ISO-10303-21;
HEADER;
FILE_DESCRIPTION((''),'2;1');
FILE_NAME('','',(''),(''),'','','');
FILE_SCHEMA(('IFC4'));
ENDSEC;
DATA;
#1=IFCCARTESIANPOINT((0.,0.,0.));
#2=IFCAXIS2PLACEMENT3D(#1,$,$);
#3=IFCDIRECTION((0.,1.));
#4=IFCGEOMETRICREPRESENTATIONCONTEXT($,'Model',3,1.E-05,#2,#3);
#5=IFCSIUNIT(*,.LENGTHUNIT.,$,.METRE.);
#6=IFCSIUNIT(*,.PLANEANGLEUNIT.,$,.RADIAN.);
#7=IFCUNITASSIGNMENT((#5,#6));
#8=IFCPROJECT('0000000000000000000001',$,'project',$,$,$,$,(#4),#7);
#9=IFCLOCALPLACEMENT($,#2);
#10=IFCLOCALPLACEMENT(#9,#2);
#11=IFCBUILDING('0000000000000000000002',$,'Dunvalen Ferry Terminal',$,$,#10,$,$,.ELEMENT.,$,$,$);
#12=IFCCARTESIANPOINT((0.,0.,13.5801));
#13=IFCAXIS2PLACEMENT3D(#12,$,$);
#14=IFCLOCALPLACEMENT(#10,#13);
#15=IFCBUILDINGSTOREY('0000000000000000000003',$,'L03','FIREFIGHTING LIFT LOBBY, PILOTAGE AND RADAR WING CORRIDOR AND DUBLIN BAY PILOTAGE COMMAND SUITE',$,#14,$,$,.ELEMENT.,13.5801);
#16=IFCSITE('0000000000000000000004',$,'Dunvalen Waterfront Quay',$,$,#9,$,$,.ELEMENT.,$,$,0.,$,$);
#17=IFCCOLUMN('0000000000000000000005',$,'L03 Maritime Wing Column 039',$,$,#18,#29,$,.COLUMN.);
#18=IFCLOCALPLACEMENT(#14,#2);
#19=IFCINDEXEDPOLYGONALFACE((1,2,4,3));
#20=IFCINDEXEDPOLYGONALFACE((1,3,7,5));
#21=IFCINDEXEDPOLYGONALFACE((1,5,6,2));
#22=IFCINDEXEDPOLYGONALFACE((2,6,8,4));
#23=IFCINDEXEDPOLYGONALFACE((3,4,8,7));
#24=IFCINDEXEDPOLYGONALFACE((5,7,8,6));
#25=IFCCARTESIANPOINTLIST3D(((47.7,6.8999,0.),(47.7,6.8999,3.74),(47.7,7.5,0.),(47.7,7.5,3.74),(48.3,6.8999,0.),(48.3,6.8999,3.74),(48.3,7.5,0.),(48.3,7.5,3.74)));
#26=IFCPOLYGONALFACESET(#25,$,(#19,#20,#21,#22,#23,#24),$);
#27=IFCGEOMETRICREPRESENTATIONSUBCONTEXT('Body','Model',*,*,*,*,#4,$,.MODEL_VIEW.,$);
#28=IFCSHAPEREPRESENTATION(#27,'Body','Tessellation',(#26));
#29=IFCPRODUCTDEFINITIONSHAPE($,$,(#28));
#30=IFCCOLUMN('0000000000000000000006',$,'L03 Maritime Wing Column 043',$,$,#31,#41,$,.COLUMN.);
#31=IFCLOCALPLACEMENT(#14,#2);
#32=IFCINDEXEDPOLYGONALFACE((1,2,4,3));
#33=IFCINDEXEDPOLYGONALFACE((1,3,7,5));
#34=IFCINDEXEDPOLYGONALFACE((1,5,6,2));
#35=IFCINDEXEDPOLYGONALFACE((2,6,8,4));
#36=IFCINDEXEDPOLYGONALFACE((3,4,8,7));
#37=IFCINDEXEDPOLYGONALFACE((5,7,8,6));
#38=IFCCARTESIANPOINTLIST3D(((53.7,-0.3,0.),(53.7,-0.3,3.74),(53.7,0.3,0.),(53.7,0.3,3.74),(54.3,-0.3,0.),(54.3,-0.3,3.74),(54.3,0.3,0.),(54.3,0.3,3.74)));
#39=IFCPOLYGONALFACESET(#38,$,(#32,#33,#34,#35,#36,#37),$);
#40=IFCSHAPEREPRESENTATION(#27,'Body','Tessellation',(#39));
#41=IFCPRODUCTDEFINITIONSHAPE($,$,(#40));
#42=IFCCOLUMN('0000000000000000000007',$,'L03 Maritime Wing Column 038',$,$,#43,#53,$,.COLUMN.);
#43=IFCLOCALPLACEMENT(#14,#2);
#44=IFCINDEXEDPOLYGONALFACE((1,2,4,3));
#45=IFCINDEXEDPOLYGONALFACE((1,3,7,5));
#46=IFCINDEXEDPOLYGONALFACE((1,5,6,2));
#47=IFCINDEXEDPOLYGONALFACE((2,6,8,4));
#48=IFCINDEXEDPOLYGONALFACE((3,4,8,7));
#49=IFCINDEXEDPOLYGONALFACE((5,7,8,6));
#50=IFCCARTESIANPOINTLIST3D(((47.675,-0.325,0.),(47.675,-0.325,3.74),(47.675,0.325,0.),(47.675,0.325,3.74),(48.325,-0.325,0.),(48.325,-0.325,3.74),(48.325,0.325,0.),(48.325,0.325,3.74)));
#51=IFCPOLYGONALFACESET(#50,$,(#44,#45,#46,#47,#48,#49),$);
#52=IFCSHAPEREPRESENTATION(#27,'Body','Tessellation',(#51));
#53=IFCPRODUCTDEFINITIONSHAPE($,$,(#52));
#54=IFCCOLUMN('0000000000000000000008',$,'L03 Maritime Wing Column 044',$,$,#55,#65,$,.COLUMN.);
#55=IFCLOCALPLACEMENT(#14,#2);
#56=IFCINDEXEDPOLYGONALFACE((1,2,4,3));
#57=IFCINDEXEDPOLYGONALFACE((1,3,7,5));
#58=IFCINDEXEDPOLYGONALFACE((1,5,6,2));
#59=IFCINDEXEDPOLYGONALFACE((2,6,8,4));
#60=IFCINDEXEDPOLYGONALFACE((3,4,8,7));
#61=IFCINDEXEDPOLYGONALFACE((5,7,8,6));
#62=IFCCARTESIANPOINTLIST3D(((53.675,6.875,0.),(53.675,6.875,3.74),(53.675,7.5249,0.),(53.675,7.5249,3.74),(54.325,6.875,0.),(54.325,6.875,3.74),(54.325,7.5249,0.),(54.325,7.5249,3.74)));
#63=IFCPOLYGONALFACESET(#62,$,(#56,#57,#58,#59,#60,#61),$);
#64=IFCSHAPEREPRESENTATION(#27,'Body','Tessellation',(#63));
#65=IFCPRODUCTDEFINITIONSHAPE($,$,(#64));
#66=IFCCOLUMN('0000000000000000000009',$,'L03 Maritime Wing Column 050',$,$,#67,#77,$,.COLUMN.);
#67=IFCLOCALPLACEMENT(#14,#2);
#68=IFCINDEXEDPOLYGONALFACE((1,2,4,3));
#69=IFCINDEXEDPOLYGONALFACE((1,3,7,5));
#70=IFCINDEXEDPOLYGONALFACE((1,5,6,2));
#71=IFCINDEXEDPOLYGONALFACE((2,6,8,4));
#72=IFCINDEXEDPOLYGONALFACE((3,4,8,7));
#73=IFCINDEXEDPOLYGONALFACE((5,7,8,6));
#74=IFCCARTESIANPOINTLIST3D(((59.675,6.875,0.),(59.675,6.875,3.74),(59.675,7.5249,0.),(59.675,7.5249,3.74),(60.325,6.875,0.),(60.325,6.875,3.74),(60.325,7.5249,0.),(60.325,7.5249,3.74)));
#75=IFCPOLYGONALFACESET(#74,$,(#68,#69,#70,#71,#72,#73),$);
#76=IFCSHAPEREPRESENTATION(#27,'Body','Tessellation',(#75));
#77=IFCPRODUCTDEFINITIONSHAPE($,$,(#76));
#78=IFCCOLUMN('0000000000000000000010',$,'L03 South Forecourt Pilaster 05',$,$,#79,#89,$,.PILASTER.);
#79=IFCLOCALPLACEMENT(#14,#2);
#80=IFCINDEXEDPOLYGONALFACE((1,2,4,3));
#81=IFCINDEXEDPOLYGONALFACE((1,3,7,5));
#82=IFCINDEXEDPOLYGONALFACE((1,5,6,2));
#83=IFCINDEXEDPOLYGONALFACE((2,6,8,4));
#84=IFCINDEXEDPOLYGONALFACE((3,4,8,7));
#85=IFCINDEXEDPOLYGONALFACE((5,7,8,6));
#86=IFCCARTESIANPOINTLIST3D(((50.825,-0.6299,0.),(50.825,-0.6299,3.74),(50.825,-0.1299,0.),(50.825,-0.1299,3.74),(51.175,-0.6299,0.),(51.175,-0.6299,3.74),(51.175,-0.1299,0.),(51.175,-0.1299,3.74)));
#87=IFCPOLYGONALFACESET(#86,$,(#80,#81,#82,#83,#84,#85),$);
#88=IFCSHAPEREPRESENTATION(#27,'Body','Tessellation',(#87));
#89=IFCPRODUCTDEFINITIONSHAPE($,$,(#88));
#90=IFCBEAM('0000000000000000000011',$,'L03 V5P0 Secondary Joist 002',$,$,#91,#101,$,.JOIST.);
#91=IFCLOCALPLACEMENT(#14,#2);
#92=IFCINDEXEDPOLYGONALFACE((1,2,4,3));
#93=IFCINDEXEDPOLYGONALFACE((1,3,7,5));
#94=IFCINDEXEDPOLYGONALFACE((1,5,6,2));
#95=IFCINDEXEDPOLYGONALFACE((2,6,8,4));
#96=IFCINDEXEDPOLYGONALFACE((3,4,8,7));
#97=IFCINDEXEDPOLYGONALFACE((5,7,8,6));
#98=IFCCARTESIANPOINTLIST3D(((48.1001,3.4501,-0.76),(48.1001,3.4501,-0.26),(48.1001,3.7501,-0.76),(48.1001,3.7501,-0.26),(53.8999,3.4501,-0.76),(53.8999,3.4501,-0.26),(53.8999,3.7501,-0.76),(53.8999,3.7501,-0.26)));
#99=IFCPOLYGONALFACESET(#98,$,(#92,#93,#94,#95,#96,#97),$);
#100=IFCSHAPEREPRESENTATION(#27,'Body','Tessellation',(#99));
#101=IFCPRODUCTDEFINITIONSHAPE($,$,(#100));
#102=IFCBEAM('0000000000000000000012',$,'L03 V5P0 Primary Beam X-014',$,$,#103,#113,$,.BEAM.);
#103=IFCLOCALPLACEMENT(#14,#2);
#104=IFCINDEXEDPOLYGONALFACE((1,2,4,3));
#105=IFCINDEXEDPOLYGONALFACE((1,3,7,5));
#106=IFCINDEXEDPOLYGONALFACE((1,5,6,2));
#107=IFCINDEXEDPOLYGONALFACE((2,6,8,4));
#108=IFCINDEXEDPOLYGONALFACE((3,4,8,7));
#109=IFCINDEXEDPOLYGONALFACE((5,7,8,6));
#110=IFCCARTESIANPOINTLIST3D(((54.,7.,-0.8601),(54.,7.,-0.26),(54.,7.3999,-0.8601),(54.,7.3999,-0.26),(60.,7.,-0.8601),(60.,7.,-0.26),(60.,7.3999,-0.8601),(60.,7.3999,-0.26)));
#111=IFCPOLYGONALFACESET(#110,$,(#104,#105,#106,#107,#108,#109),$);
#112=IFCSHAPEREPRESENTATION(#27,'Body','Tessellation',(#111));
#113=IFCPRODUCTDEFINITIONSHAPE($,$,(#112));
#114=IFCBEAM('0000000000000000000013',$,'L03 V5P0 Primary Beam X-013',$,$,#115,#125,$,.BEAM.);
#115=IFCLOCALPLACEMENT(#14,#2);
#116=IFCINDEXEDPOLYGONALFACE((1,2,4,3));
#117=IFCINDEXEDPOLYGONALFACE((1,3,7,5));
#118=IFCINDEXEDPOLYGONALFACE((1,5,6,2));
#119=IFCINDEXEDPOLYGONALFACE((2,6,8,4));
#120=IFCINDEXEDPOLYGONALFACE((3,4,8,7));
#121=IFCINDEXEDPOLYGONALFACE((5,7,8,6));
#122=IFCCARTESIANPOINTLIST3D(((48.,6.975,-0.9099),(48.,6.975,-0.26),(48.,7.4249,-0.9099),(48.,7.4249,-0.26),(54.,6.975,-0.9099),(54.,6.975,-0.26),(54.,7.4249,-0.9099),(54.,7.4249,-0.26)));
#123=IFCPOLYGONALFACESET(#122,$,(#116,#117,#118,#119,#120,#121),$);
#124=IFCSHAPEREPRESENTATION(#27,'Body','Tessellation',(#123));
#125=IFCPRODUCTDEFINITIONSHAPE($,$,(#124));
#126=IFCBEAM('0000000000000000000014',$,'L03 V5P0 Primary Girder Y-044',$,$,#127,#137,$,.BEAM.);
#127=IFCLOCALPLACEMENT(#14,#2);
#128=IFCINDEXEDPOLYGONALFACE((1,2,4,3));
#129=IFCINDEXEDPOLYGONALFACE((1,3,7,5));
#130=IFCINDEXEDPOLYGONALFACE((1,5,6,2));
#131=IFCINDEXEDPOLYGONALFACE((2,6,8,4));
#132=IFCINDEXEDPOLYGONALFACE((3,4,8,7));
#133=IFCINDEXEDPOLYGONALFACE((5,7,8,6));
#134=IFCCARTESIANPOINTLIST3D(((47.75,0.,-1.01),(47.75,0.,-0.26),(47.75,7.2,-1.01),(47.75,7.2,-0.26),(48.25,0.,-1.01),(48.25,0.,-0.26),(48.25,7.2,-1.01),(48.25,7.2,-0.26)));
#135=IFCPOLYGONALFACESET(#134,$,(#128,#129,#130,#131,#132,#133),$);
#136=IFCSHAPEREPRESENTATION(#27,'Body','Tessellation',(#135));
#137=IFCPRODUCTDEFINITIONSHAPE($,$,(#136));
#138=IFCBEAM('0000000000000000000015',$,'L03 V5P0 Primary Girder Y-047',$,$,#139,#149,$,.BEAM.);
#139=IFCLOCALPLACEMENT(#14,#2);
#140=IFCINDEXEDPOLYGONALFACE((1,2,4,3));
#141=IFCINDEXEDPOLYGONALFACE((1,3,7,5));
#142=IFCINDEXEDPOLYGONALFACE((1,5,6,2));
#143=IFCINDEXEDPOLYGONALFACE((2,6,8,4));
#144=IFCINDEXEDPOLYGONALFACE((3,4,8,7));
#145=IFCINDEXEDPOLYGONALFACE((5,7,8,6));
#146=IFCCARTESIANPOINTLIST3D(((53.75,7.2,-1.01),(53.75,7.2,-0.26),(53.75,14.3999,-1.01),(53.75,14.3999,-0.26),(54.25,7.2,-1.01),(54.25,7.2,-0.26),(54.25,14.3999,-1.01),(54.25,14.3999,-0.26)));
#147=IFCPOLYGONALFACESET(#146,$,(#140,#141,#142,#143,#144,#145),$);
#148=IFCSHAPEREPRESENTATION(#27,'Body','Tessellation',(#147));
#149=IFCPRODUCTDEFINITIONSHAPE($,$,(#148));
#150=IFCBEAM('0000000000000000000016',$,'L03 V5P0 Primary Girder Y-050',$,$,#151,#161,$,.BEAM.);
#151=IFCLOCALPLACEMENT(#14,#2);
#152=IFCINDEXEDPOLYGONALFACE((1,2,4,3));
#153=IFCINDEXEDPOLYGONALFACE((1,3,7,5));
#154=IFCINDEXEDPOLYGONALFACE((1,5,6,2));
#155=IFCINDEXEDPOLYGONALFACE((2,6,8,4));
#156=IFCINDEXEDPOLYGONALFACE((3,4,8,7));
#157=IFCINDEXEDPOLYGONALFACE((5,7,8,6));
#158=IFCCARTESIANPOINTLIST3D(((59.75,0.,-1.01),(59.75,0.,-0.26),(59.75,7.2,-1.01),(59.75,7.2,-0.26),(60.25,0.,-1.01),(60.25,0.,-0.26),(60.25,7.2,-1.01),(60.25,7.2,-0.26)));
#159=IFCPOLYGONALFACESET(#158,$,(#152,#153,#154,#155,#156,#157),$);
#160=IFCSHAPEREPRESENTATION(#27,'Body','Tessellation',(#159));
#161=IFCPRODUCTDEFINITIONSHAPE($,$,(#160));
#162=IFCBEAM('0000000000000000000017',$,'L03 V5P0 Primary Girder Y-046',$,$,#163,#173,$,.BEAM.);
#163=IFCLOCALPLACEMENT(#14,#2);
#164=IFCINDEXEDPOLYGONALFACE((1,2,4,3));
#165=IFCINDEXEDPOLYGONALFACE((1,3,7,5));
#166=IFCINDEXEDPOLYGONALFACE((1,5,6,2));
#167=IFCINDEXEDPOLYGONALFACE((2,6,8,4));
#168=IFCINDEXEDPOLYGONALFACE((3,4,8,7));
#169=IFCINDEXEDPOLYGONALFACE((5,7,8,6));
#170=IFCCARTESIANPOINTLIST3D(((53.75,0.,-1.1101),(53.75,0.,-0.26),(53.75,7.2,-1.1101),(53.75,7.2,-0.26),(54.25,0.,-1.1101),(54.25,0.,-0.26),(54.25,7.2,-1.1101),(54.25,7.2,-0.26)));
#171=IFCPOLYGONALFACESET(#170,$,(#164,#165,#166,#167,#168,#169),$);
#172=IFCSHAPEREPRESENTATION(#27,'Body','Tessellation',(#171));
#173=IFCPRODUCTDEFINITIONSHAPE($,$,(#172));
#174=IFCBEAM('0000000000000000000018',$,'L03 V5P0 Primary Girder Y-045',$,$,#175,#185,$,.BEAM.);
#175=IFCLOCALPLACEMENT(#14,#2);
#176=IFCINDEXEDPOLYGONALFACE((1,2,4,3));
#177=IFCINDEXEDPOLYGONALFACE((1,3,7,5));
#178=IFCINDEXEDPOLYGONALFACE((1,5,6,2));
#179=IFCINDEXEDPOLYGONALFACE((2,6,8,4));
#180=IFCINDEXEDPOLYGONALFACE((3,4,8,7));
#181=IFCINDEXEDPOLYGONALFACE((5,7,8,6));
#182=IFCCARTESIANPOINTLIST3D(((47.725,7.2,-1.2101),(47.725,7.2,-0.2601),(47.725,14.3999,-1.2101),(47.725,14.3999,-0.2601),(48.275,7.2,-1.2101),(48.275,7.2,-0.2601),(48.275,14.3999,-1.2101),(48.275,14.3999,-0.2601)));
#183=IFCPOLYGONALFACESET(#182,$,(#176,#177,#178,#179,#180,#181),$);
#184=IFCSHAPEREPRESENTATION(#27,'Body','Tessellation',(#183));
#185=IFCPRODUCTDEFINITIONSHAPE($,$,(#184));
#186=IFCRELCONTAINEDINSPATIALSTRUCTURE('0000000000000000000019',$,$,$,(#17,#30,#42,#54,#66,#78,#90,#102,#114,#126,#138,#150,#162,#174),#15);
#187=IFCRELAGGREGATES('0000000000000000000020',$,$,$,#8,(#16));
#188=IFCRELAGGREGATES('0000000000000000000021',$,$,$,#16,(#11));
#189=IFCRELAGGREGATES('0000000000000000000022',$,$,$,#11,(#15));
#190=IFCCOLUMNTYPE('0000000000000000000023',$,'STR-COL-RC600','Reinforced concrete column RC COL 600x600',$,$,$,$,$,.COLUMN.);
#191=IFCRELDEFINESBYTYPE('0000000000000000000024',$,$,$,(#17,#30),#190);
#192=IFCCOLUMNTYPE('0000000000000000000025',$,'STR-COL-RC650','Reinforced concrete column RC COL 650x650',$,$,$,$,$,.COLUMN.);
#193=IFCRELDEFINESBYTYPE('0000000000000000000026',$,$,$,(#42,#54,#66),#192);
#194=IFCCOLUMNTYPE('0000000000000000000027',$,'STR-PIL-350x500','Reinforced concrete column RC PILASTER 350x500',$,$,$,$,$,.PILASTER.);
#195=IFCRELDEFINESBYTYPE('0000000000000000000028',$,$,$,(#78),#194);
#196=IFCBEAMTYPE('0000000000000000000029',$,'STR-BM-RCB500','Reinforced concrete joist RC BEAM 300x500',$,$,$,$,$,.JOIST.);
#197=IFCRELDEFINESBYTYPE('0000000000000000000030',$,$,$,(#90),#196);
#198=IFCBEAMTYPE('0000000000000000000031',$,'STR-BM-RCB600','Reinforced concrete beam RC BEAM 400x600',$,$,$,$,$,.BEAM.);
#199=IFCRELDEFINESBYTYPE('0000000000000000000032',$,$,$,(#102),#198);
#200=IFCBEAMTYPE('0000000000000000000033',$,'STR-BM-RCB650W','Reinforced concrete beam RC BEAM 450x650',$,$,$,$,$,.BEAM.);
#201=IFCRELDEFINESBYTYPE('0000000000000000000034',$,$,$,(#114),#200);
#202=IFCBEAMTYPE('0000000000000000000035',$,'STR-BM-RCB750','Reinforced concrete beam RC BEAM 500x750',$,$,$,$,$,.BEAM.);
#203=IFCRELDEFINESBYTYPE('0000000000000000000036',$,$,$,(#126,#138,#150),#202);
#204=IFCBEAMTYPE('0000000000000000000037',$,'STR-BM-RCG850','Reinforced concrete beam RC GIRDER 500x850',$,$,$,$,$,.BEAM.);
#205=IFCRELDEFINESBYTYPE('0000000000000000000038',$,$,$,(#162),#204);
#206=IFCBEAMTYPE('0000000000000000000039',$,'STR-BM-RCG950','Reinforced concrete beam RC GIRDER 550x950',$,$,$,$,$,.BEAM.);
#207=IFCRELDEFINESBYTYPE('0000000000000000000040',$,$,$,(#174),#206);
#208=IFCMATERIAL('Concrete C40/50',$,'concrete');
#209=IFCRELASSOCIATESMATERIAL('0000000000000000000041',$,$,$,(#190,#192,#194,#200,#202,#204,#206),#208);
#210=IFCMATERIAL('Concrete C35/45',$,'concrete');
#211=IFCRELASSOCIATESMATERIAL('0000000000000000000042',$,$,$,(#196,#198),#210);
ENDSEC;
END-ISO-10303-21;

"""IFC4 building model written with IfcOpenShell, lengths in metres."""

from ifc_helpers import new_model, si_unit, direction, frame, origin, origin_2d, place, context, subcontext, project, spatial, rectangle, extrude, material, material_profile, profile_set, type_object, element, save


model = new_model("IFC4")

# Units and contexts
model_context = context("Model", 3, precision=1e-05, world=origin(), true_north=direction((0.0, 1.0)))
body_context = subcontext(model_context, "Body", "Model", "MODEL_VIEW")
ifc_project = project(units=[si_unit("LENGTHUNIT", "METRE"), si_unit("PLANEANGLEUNIT", "RADIAN")], contexts=[model_context])

# Site, building, storey
site_placement = place(None, origin())
site = spatial("IfcSite", under=ifc_project, at=site_placement, Name="Dunvalen Waterfront Quay", CompositionType="ELEMENT", RefElevation=0.0)
building_placement = place(site_placement, origin())
building = spatial("IfcBuilding", under=site, at=building_placement, Name="Dunvalen Ferry Terminal", CompositionType="ELEMENT")
storey_placement = place(building_placement, frame((0.0, 0.0, 13.5801)))
storey = spatial("IfcBuildingStorey", under=building, at=storey_placement, Name="L03", Description="FIREFIGHTING LIFT LOBBY, PILOTAGE AND RADAR WING CORRIDOR AND DUBLIN BAY PILOTAGE COMMAND SUITE", CompositionType="ELEMENT", Elevation=13.5801)

# Columns
ifc_material_1 = material(Name="Concrete C40/50", Category="concrete")
ifc_material_profile_1 = material_profile(ifc_material_1, rectangle(XDim=0.6001, YDim=0.6001, at=origin_2d()), Name="Concrete C40/50")
ifc_profile_set_1 = profile_set([ifc_material_profile_1], Name="Concrete C40/50")
column_type_1 = type_object("IfcColumnType", Name="STR-COL-RC600", Description="Reinforced concrete column RC COL 600x600", PredefinedType="COLUMN", material=ifc_profile_set_1)
for number, where, z_axis, x_axis, name in (
    (1, (48.0, 7.2, 0.0), (0.0, 0.0, 1.0), (1.0, 0.0, 0.0), "L03 Maritime Wing Column 039"),
    (2, (54.0, 0.0, 0.0), (0.0, 0.0, 1.0), (1.0, 0.0, 0.0), "L03 Maritime Wing Column 043"),
):
    element("IfcColumn", number, at=place(storey_placement, frame(where, z_axis=z_axis, x_axis=x_axis)), inside=storey, type_object=column_type_1, Name=name, PredefinedType="COLUMN", context=body_context, shape_type="SweptSolid", body=[
        extrude(rectangle(XDim=0.6001, YDim=0.6001, at=origin_2d()), origin(), (0.0, 0.0, 1.0), 3.74),
    ])
ifc_material_profile_2 = material_profile(ifc_material_1, rectangle(XDim=0.6499, YDim=0.6499, at=origin_2d()), Name="Concrete C40/50")
ifc_profile_set_2 = profile_set([ifc_material_profile_2], Name="Concrete C40/50")
column_type_2 = type_object("IfcColumnType", Name="STR-COL-RC650", Description="Reinforced concrete column RC COL 650x650", PredefinedType="COLUMN", material=ifc_profile_set_2)
for number, where, z_axis, x_axis, name in (
    (3, (48.0, 0.0, 0.0), (0.0, 0.0, 1.0), (1.0, 0.0, 0.0), "L03 Maritime Wing Column 038"),
    (4, (54.0, 7.2, 0.0), (0.0, 0.0, 1.0), (1.0, 0.0, 0.0), "L03 Maritime Wing Column 044"),
    (5, (60.0, 7.2, 0.0), (0.0, 0.0, 1.0), (1.0, 0.0, 0.0), "L03 Maritime Wing Column 050"),
):
    element("IfcColumn", number, at=place(storey_placement, frame(where, z_axis=z_axis, x_axis=x_axis)), inside=storey, type_object=column_type_2, Name=name, PredefinedType="COLUMN", context=body_context, shape_type="SweptSolid", body=[
        extrude(rectangle(XDim=0.6499, YDim=0.6499, at=origin_2d()), origin(), (0.0, 0.0, 1.0), 3.74),
    ])
ifc_material_profile_3 = material_profile(ifc_material_1, rectangle(XDim=0.3501, YDim=0.5, at=origin_2d()), Name="Concrete C40/50")
ifc_profile_set_3 = profile_set([ifc_material_profile_3], Name="Concrete C40/50")
column_type_3 = type_object("IfcColumnType", Name="STR-PIL-350x500", Description="Reinforced concrete column RC PILASTER 350x500", PredefinedType="PILASTER", material=ifc_profile_set_3)
column_placement = place(storey_placement, frame((51.0, -0.3799, 0.0), z_axis=(0.0, 0.0, 1.0), x_axis=(1.0, 0.0, 0.0)))
element("IfcColumn", 6, at=column_placement, inside=storey, type_object=column_type_3, Name="L03 South Forecourt Pilaster 05", PredefinedType="PILASTER", context=body_context, shape_type="SweptSolid", body=[
    extrude(rectangle(XDim=0.3501, YDim=0.5, at=origin_2d()), origin(), (0.0, 0.0, 1.0), 3.74),
])

# Beams
ifc_material_2 = material(Name="Concrete C35/45", Category="concrete")
ifc_material_profile_4 = material_profile(ifc_material_2, rectangle(XDim=0.3, YDim=0.5, at=origin_2d()), Name="Concrete C35/45")
ifc_profile_set_4 = profile_set([ifc_material_profile_4], Name="Concrete C35/45")
beam_type_1 = type_object("IfcBeamType", Name="STR-BM-RCB500", Description="Reinforced concrete joist RC BEAM 300x500", PredefinedType="JOIST", material=ifc_profile_set_4)
beam_1_placement = place(storey_placement, frame((48.1001, 3.6001, -0.51), z_axis=(1.0, 0.0, 0.0), x_axis=(0.0, 1.0, 0.0)))
element("IfcBeam", 7, at=beam_1_placement, inside=storey, type_object=beam_type_1, Name="L03 V5P0 Secondary Joist 002", PredefinedType="JOIST", context=body_context, shape_type="SweptSolid", body=[
    extrude(rectangle(XDim=0.3, YDim=0.5, at=origin_2d()), origin(), (0.0, 0.0, 1.0), 5.7998),
])
ifc_material_profile_5 = material_profile(ifc_material_2, rectangle(XDim=0.3999, YDim=0.6001, at=origin_2d()), Name="Concrete C35/45")
ifc_profile_set_5 = profile_set([ifc_material_profile_5], Name="Concrete C35/45")
beam_type_2 = type_object("IfcBeamType", Name="STR-BM-RCB600", Description="Reinforced concrete beam RC BEAM 400x600", PredefinedType="BEAM", material=ifc_profile_set_5)
beam_2_placement = place(storey_placement, frame((54.0, 7.2, -0.5601), z_axis=(1.0, 0.0, 0.0), x_axis=(0.0, 1.0, 0.0)))
element("IfcBeam", 8, at=beam_2_placement, inside=storey, type_object=beam_type_2, Name="L03 V5P0 Primary Beam X-014", PredefinedType="BEAM", context=body_context, shape_type="SweptSolid", body=[
    extrude(rectangle(XDim=0.3999, YDim=0.6001, at=origin_2d()), origin(), (0.0, 0.0, 1.0), 6.0),
])
ifc_material_profile_6 = material_profile(ifc_material_1, rectangle(XDim=0.45, YDim=0.6499, at=origin_2d()), Name="Concrete C40/50")
ifc_profile_set_6 = profile_set([ifc_material_profile_6], Name="Concrete C40/50")
beam_type_3 = type_object("IfcBeamType", Name="STR-BM-RCB650W", Description="Reinforced concrete beam RC BEAM 450x650", PredefinedType="BEAM", material=ifc_profile_set_6)
beam_3_placement = place(storey_placement, frame((48.0, 7.2, -0.585), z_axis=(1.0, 0.0, 0.0), x_axis=(0.0, 1.0, 0.0)))
element("IfcBeam", 9, at=beam_3_placement, inside=storey, type_object=beam_type_3, Name="L03 V5P0 Primary Beam X-013", PredefinedType="BEAM", context=body_context, shape_type="SweptSolid", body=[
    extrude(rectangle(XDim=0.45, YDim=0.6499, at=origin_2d()), origin(), (0.0, 0.0, 1.0), 6.0),
])
ifc_material_profile_7 = material_profile(ifc_material_1, rectangle(XDim=0.5, YDim=0.75, at=origin_2d()), Name="Concrete C40/50")
ifc_profile_set_7 = profile_set([ifc_material_profile_7], Name="Concrete C40/50")
beam_type_4 = type_object("IfcBeamType", Name="STR-BM-RCB750", Description="Reinforced concrete beam RC BEAM 500x750", PredefinedType="BEAM", material=ifc_profile_set_7)
for number, where, z_axis, x_axis, name in (
    (10, (48.0, 0.0, -0.635), (0.0, 1.0, 0.0), (-1.0, 0.0, 0.0), "L03 V5P0 Primary Girder Y-044"),
    (11, (54.0, 7.2, -0.635), (0.0, 1.0, 0.0), (-1.0, 0.0, 0.0), "L03 V5P0 Primary Girder Y-047"),
    (12, (60.0, 0.0, -0.635), (0.0, 1.0, 0.0), (-1.0, 0.0, 0.0), "L03 V5P0 Primary Girder Y-050"),
):
    element("IfcBeam", number, at=place(storey_placement, frame(where, z_axis=z_axis, x_axis=x_axis)), inside=storey, type_object=beam_type_4, Name=name, PredefinedType="BEAM", context=body_context, shape_type="SweptSolid", body=[
        extrude(rectangle(XDim=0.5, YDim=0.75, at=origin_2d()), origin(), (0.0, 0.0, 1.0), 7.2),
    ])
ifc_material_profile_8 = material_profile(ifc_material_1, rectangle(XDim=0.5, YDim=0.8501, at=origin_2d()), Name="Concrete C40/50")
ifc_profile_set_8 = profile_set([ifc_material_profile_8], Name="Concrete C40/50")
beam_type_5 = type_object("IfcBeamType", Name="STR-BM-RCG850", Description="Reinforced concrete beam RC GIRDER 500x850", PredefinedType="BEAM", material=ifc_profile_set_8)
beam_4_placement = place(storey_placement, frame((54.0, 0.0, -0.6851), z_axis=(0.0, 1.0, 0.0), x_axis=(-1.0, 0.0, 0.0)))
element("IfcBeam", 13, at=beam_4_placement, inside=storey, type_object=beam_type_5, Name="L03 V5P0 Primary Girder Y-046", PredefinedType="BEAM", context=body_context, shape_type="SweptSolid", body=[
    extrude(rectangle(XDim=0.5, YDim=0.8501, at=origin_2d()), origin(), (0.0, 0.0, 1.0), 7.2),
])
ifc_material_profile_9 = material_profile(ifc_material_1, rectangle(XDim=0.55, YDim=0.95, at=origin_2d()), Name="Concrete C40/50")
ifc_profile_set_9 = profile_set([ifc_material_profile_9], Name="Concrete C40/50")
beam_type_6 = type_object("IfcBeamType", Name="STR-BM-RCG950", Description="Reinforced concrete beam RC GIRDER 550x950", PredefinedType="BEAM", material=ifc_profile_set_9)
for number, where, z_axis, x_axis, name in (
    (14, (48.0, 7.2, -0.7351), (0.0, 1.0, 0.0), (-1.0, 0.0, 0.0), "L03 V5P0 Primary Girder Y-045"),
):
    element("IfcBeam", number, at=place(storey_placement, frame(where, z_axis=z_axis, x_axis=x_axis)), inside=storey, type_object=beam_type_6, Name=name, PredefinedType="BEAM", context=body_context, shape_type="SweptSolid", body=[
        extrude(rectangle(XDim=0.55, YDim=0.95, at=origin_2d()), origin(), (0.0, 0.0, 1.0), 7.2),
    ])

save(model, "model.ifc")
